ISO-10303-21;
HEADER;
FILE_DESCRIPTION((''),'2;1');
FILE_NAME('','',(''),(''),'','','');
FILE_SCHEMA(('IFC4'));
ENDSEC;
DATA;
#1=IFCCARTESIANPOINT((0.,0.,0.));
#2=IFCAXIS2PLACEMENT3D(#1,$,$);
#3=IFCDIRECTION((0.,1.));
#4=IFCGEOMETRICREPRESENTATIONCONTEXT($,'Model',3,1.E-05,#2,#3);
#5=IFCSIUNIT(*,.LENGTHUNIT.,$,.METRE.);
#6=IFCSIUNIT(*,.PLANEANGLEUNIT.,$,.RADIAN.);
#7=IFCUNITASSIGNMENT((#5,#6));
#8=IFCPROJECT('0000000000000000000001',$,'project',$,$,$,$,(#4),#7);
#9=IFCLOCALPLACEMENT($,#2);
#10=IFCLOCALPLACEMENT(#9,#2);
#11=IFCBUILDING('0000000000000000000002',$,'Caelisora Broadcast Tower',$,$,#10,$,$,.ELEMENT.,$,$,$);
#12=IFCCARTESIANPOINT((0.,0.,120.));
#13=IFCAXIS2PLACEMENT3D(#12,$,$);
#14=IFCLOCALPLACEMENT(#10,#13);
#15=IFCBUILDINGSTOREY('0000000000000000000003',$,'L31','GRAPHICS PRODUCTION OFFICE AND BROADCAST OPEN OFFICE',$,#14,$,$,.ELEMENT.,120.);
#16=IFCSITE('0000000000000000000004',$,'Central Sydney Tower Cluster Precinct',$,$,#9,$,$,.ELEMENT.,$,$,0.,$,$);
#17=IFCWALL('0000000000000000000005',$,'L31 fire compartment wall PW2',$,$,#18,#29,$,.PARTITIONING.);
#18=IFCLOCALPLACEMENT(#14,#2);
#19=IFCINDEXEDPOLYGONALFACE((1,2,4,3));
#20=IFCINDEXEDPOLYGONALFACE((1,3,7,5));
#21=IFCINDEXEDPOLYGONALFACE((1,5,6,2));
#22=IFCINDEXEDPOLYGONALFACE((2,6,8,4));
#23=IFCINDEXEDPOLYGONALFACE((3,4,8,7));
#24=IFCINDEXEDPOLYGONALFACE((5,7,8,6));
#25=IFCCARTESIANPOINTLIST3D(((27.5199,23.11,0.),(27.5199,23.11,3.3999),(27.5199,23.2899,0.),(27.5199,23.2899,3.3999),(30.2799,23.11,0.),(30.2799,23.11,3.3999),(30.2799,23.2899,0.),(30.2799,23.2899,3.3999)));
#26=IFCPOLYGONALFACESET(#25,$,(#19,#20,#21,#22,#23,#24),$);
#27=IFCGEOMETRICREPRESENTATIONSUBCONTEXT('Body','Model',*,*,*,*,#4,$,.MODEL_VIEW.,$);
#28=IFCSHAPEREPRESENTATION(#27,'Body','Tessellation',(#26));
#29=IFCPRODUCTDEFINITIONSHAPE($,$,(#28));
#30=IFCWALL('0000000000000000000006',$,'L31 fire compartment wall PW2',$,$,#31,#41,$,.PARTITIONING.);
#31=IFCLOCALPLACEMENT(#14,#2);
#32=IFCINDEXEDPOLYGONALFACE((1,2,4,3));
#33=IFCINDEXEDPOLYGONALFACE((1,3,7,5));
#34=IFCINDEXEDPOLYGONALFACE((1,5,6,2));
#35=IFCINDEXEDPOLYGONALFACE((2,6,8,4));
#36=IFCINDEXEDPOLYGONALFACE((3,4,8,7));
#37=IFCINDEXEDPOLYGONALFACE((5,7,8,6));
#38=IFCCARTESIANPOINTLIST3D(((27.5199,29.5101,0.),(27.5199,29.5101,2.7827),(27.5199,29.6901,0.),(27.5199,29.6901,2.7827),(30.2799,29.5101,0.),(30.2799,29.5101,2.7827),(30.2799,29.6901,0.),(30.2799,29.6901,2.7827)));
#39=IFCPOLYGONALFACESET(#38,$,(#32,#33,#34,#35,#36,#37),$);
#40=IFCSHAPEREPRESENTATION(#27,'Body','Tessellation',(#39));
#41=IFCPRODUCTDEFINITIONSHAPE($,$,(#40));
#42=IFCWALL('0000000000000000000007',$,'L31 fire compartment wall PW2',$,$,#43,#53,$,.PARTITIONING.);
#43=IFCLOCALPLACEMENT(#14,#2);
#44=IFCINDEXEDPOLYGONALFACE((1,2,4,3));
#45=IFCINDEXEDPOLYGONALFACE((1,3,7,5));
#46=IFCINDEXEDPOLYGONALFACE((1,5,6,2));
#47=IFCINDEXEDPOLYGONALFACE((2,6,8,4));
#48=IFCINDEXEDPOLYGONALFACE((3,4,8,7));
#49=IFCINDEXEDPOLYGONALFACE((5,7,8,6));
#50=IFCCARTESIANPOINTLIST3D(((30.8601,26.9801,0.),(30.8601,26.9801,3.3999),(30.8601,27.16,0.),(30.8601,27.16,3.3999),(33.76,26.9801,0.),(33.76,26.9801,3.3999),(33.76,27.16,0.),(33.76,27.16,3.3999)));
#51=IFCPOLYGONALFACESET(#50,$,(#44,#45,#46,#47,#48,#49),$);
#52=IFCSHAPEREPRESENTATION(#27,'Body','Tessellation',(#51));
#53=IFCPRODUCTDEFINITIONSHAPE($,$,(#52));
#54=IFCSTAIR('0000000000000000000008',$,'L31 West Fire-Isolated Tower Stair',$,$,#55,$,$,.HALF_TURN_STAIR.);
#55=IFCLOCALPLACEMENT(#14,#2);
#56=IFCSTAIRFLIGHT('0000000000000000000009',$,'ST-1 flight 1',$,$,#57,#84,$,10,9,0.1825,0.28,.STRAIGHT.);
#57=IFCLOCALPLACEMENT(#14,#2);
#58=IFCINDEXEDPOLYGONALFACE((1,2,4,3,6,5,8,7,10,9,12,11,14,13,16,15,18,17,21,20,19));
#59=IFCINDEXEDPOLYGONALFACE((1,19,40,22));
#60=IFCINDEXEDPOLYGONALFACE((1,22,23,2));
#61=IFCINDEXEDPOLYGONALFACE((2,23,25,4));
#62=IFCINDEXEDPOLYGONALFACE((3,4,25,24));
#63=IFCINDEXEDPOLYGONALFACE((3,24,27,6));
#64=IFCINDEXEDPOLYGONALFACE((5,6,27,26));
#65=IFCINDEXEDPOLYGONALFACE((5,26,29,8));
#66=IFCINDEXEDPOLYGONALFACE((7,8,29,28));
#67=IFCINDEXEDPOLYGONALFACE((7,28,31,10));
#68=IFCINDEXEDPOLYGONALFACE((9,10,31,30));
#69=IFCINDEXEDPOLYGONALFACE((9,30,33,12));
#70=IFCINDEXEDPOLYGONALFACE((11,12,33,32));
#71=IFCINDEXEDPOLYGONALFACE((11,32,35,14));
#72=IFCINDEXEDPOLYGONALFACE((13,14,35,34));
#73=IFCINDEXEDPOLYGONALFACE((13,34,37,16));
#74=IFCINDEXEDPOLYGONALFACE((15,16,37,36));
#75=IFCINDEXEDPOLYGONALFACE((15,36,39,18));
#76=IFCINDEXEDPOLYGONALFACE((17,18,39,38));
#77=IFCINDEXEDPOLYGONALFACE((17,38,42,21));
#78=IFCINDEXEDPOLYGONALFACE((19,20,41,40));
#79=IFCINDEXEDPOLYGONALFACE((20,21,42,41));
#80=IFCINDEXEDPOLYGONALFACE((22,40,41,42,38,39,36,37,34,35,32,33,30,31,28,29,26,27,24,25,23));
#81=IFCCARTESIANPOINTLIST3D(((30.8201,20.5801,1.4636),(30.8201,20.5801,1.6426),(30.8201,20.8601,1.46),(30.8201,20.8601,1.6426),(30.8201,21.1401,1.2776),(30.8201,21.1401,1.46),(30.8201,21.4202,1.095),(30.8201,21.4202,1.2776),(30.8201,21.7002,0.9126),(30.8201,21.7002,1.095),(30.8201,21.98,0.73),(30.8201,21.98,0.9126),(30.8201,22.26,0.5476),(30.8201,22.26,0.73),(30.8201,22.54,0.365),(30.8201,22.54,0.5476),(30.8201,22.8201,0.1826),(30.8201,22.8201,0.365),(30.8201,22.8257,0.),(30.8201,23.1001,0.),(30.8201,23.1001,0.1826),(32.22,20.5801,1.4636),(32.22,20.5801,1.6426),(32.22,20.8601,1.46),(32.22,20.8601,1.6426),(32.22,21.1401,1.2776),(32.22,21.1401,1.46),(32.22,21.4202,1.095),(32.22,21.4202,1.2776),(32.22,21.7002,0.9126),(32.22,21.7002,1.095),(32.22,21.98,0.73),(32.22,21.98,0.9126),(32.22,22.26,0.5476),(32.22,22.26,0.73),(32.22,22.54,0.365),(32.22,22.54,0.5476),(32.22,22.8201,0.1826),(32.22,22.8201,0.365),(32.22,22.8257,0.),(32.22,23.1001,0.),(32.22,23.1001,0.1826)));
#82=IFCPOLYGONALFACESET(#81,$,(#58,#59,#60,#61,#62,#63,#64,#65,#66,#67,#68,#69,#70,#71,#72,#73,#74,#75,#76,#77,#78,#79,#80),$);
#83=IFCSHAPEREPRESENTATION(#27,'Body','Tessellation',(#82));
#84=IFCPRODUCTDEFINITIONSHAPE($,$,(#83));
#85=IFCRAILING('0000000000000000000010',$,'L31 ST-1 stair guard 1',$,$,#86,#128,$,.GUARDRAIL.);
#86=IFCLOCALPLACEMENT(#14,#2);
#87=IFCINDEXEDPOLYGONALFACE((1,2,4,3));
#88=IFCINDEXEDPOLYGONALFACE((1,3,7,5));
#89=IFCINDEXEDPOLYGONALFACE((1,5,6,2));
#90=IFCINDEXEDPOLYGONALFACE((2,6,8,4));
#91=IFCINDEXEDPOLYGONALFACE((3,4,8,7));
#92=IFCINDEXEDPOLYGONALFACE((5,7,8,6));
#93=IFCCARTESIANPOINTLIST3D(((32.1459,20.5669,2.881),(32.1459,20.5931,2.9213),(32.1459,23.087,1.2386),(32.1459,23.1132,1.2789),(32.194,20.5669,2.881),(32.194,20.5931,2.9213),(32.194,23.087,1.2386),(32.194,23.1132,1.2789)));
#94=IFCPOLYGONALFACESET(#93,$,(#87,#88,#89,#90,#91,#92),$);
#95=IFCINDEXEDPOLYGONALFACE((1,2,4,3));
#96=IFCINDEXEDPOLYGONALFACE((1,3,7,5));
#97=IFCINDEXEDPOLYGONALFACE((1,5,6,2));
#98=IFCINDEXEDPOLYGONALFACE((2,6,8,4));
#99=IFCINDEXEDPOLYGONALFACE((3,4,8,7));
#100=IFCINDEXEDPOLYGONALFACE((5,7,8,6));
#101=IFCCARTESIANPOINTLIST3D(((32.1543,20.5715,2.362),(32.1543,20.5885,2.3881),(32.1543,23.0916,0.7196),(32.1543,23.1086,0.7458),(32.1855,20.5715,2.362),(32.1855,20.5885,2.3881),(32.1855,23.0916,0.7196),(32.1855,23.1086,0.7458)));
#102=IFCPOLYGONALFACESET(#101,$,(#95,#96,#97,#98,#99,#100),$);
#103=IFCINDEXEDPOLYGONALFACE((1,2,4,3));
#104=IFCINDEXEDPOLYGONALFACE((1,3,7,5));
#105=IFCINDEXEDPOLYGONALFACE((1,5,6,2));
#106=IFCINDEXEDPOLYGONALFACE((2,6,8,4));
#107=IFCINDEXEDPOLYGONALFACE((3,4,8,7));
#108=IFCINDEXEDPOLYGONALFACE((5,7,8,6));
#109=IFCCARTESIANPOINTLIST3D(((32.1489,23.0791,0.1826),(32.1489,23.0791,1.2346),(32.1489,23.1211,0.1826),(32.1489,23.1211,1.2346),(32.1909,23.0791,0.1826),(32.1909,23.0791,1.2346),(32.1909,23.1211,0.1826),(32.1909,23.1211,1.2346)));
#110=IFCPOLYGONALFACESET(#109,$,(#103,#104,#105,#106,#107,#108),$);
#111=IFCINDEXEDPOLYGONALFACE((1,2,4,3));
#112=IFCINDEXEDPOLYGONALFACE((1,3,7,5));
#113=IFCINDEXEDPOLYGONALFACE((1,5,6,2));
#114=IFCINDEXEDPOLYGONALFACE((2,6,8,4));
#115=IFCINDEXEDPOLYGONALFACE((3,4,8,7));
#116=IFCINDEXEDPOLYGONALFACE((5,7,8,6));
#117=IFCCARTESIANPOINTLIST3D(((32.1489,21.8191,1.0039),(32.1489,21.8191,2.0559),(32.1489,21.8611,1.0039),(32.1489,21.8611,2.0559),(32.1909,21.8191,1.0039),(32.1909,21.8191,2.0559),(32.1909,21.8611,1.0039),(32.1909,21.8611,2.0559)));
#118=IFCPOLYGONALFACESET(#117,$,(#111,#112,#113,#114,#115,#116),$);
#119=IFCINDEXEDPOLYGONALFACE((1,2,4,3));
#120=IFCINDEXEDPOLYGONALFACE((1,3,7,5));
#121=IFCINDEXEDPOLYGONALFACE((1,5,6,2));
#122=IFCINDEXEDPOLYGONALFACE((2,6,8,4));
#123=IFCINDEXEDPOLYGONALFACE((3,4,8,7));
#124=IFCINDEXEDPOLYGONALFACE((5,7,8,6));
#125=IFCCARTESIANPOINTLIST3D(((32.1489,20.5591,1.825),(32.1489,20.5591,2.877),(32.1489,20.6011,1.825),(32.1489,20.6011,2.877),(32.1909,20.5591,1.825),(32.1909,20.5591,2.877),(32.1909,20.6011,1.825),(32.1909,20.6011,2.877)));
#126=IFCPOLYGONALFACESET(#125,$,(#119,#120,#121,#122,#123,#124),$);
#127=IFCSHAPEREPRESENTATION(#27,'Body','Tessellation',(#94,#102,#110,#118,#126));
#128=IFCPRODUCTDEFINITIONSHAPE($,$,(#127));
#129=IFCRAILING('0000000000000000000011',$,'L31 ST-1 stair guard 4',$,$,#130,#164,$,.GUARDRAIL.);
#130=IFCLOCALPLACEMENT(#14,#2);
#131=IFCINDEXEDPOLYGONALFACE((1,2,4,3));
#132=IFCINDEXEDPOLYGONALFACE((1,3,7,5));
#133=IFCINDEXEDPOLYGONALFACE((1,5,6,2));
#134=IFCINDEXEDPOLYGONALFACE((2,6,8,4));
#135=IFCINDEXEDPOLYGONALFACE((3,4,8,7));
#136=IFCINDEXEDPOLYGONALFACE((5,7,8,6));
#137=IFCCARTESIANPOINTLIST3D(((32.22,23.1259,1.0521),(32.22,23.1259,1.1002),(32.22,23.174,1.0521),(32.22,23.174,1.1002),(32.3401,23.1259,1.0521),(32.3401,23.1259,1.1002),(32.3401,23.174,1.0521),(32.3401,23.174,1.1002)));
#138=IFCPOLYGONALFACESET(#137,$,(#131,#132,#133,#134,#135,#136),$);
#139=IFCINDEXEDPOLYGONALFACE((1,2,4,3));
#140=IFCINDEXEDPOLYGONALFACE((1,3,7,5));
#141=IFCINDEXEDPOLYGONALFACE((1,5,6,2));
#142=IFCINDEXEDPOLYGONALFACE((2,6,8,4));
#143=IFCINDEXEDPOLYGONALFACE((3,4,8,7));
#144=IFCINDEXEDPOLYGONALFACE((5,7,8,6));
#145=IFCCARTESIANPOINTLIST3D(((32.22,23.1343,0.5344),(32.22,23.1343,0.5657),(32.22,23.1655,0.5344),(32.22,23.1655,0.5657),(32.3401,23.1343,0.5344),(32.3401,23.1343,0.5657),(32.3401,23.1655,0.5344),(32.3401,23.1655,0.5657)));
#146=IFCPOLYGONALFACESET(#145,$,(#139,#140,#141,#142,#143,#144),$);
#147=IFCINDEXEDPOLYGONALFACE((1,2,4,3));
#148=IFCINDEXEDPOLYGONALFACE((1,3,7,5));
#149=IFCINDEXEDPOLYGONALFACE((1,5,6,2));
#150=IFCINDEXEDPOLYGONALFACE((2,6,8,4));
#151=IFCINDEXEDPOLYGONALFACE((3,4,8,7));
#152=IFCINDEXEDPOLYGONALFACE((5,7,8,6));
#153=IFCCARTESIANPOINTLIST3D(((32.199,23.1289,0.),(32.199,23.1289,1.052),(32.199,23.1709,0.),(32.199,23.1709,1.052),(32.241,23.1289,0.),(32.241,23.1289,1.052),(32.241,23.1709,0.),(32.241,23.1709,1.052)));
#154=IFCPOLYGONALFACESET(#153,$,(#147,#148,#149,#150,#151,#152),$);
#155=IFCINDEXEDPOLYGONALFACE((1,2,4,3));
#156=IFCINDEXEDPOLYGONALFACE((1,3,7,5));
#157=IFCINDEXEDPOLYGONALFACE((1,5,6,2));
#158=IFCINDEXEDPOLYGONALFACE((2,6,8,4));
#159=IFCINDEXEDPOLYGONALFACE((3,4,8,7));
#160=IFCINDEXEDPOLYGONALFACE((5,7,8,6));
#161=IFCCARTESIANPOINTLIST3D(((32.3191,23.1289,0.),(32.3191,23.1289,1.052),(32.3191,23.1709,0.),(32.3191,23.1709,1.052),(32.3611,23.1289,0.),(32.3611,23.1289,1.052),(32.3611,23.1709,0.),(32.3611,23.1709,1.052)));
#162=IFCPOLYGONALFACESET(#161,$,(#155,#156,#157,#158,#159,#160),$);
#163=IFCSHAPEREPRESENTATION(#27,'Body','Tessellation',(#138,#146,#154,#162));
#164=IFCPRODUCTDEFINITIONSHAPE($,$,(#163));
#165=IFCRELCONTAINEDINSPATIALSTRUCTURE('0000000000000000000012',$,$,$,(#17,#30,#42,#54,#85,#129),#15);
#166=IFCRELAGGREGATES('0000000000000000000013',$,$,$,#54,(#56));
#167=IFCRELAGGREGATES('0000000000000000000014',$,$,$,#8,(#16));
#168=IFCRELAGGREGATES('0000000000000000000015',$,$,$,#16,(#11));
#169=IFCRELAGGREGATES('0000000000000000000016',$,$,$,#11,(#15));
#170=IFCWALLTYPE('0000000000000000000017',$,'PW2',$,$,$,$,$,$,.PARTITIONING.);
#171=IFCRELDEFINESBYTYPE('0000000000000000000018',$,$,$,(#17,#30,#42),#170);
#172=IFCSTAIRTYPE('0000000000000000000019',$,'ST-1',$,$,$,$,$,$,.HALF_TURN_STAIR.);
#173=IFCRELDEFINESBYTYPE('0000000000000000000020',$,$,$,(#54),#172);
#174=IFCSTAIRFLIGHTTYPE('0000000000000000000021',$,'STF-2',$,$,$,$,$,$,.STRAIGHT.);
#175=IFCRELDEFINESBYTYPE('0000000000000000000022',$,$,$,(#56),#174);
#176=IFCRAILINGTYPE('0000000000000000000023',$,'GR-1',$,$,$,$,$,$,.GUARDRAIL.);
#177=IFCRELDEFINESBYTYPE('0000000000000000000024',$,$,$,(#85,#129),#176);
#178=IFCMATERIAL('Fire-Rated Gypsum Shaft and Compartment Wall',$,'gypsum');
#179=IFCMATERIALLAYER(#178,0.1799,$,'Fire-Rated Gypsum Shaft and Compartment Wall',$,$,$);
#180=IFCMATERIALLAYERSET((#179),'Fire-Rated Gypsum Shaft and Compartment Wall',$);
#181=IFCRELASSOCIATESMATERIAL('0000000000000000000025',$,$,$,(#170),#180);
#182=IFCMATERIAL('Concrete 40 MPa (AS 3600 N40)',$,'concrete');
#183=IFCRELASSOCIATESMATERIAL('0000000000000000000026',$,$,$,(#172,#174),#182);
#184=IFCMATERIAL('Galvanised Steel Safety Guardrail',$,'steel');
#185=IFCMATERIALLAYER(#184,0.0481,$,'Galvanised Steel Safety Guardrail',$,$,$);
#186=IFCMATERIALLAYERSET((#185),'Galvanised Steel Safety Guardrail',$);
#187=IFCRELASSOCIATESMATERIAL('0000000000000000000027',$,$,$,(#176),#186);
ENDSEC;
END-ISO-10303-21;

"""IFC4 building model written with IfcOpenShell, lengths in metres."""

from ifc_helpers import new_model, si_unit, direction, frame, frame_2d, origin, origin_2d, place, context, subcontext, project, spatial, polyline, rectangle, outline, extrude, material, layer, layer_set, type_object, element, aggregate, save


model = new_model("IFC4")

# Units and contexts
model_context = context("Model", 3, precision=1e-05, world=origin(), true_north=direction((0.0, 1.0)))
body_context = subcontext(model_context, "Body", "Model", "MODEL_VIEW")
ifc_project = project(units=[si_unit("LENGTHUNIT", "METRE"), si_unit("PLANEANGLEUNIT", "RADIAN")], contexts=[model_context])

# Site, building, storey
site_placement = place(None, origin())
site = spatial("IfcSite", under=ifc_project, at=site_placement, Name="Central Sydney Tower Cluster Precinct", CompositionType="ELEMENT", RefElevation=0.0)
building_placement = place(site_placement, origin())
building = spatial("IfcBuilding", under=site, at=building_placement, Name="Caelisora Broadcast Tower", CompositionType="ELEMENT")
storey_placement = place(building_placement, frame((0.0, 0.0, 120.0)))
storey = spatial("IfcBuildingStorey", under=building, at=storey_placement, Name="L31", Description="GRAPHICS PRODUCTION OFFICE AND BROADCAST OPEN OFFICE", CompositionType="ELEMENT", Elevation=120.0)

# Shared definitions
ifc_material_1 = material(Name="Fire-Rated Gypsum Shaft and Compartment Wall", Category="gypsum")
ifc_layer_1 = layer(ifc_material_1, 0.1799, Name="Fire-Rated Gypsum Shaft and Compartment Wall")
ifc_layer_set_1 = layer_set([ifc_layer_1], Name="Fire-Rated Gypsum Shaft and Compartment Wall")
wall_type_1 = type_object("IfcWallType", Name="PW2", PredefinedType="PARTITIONING", material=ifc_layer_set_1)

# Walls
wall_1_placement = place(storey_placement, frame((27.52, 23.2, 0.0), z_axis=(0.0, 0.0, 1.0), x_axis=(1.0, 0.0, 0.0)))
element("IfcWall", 1, at=wall_1_placement, inside=storey, type_object=wall_type_1, Name="L31 fire compartment wall PW2", PredefinedType="PARTITIONING", context=body_context, shape_type="SweptSolid", body=[
    extrude(rectangle(XDim=2.76, YDim=0.1799, at=frame_2d((1.3799, 0.0))), origin(), (0.0, 0.0, 1.0), 3.3999),
])
wall_2_placement = place(storey_placement, frame((27.52, 29.6001, 0.0), z_axis=(0.0, 0.0, 1.0), x_axis=(1.0, 0.0, 0.0)))
element("IfcWall", 2, at=wall_2_placement, inside=storey, type_object=wall_type_1, Name="L31 fire compartment wall PW2", PredefinedType="PARTITIONING", context=body_context, shape_type="SweptSolid", body=[
    extrude(rectangle(XDim=2.76, YDim=0.1799, at=frame_2d((1.3799, 0.0))), origin(), (0.0, 0.0, 1.0), 2.7827),
])
wall_3_placement = place(storey_placement, frame((30.8601, 27.0701, 0.0), z_axis=(0.0, 0.0, 1.0), x_axis=(1.0, 0.0, 0.0)))
element("IfcWall", 3, at=wall_3_placement, inside=storey, type_object=wall_type_1, Name="L31 fire compartment wall PW2", PredefinedType="PARTITIONING", context=body_context, shape_type="SweptSolid", body=[
    extrude(rectangle(XDim=2.8999, YDim=0.1799, at=frame_2d((1.45, 0.0))), origin(), (0.0, 0.0, 1.0), 3.3999),
])

# Stair, stair flight
ifc_material_2 = material(Name="Concrete 40 MPa (AS 3600 N40)", Category="concrete")
stair_type = type_object("IfcStairType", Name="ST-1", PredefinedType="HALF_TURN_STAIR", material=ifc_material_2)
stair_placement = place(storey_placement, origin())
stair = element("IfcStair", 4, at=stair_placement, inside=storey, type_object=stair_type, Name="L31 West Fire-Isolated Tower Stair", PredefinedType="HALF_TURN_STAIR")
stair_flight_type = type_object("IfcStairFlightType", Name="STF-2", PredefinedType="STRAIGHT", material=ifc_material_2)
stair_flight_placement = place(storey_placement, frame((31.52, 23.1001, 0.0), z_axis=(0.0, 0.0, 1.0), x_axis=(0.0, -1.0, 0.0)))
stair_flight = element("IfcStairFlight", 5, at=stair_flight_placement, type_object=stair_flight_type, Name="ST-1 flight 1", NumberOfRisers=10, NumberOfTreads=9, PredefinedType="STRAIGHT", RiserHeight=0.1825, TreadLength=0.28, context=body_context, shape_type="SweptSolid", body=[
    extrude(outline(polyline([(0.0, 0.0), (0.0, 0.1826), (0.28, 0.1826), (0.28, 0.365), (0.5601, 0.365), (0.5601, 0.5476), (0.8401, 0.5476), (0.8401, 0.73), (1.1201, 0.73), (1.1201, 0.9126), (1.3999, 0.9126), (1.3999, 1.095), (1.6799, 1.095), (1.6799, 1.2776), (1.96, 1.2776), (1.96, 1.46), (2.24, 1.46), (2.24, 1.6426), (2.52, 1.6426), (2.52, 1.825), (2.52, 1.4636), (0.2744, 0.0), (0.0, 0.0)])), frame((0.0, 0.7, 0.0), z_axis=(0.0, -1.0, 0.0), x_axis=(1.0, 0.0, 0.0)), (0.0, 0.0, 1.0), 1.3999),
])
aggregate(stair, [stair_flight])

# Railings
ifc_material_3 = material(Name="Galvanised Steel Safety Guardrail", Category="steel")
ifc_layer_2 = layer(ifc_material_3, 0.0481, Name="Galvanised Steel Safety Guardrail")
ifc_layer_set_2 = layer_set([ifc_layer_2], Name="Galvanised Steel Safety Guardrail")
railing_type = type_object("IfcRailingType", Name="GR-1", PredefinedType="GUARDRAIL", material=ifc_layer_set_2)
railing_1_placement = place(storey_placement, frame((32.1699, 23.1001, 0.1826)))
element("IfcRailing", 6, at=railing_1_placement, inside=storey, type_object=railing_type, Name="L31 ST-1 stair guard 1", PredefinedType="GUARDRAIL", context=body_context, shape_type="SweptSolid", body=[
    extrude(rectangle(XDim=0.0481, YDim=0.0481, at=origin_2d()), frame((0.0, 0.0, 1.0762), z_axis=(0.0, -0.837787, 0.545998), x_axis=(1.0, 0.0, 0.0)), (0.0, 0.0, 1.0), 3.0081),
    extrude(rectangle(XDim=0.0312, YDim=0.0312, at=origin_2d()), frame((0.0, 0.0, 0.55), z_axis=(0.0, -0.837787, 0.545998), x_axis=(1.0, 0.0, 0.0)), (0.0, 0.0, 1.0), 3.0081),
    extrude(rectangle(XDim=0.042, YDim=0.042, at=origin_2d()), origin(), (0.0, 0.0, 1.0), 1.052),
    extrude(rectangle(XDim=0.042, YDim=0.042, at=origin_2d()), frame((0.0, -1.26, 0.8213)), (0.0, 0.0, 1.0), 1.052),
    extrude(rectangle(XDim=0.042, YDim=0.042, at=origin_2d()), frame((0.0, -2.52, 1.6423)), (0.0, 0.0, 1.0), 1.052),
])
railing_2_placement = place(storey_placement, frame((32.22, 23.1499, 0.0)))
element("IfcRailing", 7, at=railing_2_placement, inside=storey, type_object=railing_type, Name="L31 ST-1 stair guard 4", PredefinedType="GUARDRAIL", context=body_context, shape_type="SweptSolid", body=[
    extrude(rectangle(XDim=0.0481, YDim=0.0481, at=origin_2d()), frame((0.0, 0.0, 1.0762), z_axis=(1.0, 0.0, 0.0), x_axis=(0.0, 1.0, 0.0)), (0.0, 0.0, 1.0), 0.1201),
    extrude(rectangle(XDim=0.0312, YDim=0.0312, at=origin_2d()), frame((0.0, 0.0, 0.55), z_axis=(1.0, 0.0, 0.0), x_axis=(0.0, 1.0, 0.0)), (0.0, 0.0, 1.0), 0.1201),
    extrude(rectangle(XDim=0.042, YDim=0.042, at=origin_2d()), origin(), (0.0, 0.0, 1.0), 1.052),
    extrude(rectangle(XDim=0.042, YDim=0.042, at=origin_2d()), frame((0.1201, 0.0, 0.0)), (0.0, 0.0, 1.0), 1.052),
])

save(model, "model.ifc")
